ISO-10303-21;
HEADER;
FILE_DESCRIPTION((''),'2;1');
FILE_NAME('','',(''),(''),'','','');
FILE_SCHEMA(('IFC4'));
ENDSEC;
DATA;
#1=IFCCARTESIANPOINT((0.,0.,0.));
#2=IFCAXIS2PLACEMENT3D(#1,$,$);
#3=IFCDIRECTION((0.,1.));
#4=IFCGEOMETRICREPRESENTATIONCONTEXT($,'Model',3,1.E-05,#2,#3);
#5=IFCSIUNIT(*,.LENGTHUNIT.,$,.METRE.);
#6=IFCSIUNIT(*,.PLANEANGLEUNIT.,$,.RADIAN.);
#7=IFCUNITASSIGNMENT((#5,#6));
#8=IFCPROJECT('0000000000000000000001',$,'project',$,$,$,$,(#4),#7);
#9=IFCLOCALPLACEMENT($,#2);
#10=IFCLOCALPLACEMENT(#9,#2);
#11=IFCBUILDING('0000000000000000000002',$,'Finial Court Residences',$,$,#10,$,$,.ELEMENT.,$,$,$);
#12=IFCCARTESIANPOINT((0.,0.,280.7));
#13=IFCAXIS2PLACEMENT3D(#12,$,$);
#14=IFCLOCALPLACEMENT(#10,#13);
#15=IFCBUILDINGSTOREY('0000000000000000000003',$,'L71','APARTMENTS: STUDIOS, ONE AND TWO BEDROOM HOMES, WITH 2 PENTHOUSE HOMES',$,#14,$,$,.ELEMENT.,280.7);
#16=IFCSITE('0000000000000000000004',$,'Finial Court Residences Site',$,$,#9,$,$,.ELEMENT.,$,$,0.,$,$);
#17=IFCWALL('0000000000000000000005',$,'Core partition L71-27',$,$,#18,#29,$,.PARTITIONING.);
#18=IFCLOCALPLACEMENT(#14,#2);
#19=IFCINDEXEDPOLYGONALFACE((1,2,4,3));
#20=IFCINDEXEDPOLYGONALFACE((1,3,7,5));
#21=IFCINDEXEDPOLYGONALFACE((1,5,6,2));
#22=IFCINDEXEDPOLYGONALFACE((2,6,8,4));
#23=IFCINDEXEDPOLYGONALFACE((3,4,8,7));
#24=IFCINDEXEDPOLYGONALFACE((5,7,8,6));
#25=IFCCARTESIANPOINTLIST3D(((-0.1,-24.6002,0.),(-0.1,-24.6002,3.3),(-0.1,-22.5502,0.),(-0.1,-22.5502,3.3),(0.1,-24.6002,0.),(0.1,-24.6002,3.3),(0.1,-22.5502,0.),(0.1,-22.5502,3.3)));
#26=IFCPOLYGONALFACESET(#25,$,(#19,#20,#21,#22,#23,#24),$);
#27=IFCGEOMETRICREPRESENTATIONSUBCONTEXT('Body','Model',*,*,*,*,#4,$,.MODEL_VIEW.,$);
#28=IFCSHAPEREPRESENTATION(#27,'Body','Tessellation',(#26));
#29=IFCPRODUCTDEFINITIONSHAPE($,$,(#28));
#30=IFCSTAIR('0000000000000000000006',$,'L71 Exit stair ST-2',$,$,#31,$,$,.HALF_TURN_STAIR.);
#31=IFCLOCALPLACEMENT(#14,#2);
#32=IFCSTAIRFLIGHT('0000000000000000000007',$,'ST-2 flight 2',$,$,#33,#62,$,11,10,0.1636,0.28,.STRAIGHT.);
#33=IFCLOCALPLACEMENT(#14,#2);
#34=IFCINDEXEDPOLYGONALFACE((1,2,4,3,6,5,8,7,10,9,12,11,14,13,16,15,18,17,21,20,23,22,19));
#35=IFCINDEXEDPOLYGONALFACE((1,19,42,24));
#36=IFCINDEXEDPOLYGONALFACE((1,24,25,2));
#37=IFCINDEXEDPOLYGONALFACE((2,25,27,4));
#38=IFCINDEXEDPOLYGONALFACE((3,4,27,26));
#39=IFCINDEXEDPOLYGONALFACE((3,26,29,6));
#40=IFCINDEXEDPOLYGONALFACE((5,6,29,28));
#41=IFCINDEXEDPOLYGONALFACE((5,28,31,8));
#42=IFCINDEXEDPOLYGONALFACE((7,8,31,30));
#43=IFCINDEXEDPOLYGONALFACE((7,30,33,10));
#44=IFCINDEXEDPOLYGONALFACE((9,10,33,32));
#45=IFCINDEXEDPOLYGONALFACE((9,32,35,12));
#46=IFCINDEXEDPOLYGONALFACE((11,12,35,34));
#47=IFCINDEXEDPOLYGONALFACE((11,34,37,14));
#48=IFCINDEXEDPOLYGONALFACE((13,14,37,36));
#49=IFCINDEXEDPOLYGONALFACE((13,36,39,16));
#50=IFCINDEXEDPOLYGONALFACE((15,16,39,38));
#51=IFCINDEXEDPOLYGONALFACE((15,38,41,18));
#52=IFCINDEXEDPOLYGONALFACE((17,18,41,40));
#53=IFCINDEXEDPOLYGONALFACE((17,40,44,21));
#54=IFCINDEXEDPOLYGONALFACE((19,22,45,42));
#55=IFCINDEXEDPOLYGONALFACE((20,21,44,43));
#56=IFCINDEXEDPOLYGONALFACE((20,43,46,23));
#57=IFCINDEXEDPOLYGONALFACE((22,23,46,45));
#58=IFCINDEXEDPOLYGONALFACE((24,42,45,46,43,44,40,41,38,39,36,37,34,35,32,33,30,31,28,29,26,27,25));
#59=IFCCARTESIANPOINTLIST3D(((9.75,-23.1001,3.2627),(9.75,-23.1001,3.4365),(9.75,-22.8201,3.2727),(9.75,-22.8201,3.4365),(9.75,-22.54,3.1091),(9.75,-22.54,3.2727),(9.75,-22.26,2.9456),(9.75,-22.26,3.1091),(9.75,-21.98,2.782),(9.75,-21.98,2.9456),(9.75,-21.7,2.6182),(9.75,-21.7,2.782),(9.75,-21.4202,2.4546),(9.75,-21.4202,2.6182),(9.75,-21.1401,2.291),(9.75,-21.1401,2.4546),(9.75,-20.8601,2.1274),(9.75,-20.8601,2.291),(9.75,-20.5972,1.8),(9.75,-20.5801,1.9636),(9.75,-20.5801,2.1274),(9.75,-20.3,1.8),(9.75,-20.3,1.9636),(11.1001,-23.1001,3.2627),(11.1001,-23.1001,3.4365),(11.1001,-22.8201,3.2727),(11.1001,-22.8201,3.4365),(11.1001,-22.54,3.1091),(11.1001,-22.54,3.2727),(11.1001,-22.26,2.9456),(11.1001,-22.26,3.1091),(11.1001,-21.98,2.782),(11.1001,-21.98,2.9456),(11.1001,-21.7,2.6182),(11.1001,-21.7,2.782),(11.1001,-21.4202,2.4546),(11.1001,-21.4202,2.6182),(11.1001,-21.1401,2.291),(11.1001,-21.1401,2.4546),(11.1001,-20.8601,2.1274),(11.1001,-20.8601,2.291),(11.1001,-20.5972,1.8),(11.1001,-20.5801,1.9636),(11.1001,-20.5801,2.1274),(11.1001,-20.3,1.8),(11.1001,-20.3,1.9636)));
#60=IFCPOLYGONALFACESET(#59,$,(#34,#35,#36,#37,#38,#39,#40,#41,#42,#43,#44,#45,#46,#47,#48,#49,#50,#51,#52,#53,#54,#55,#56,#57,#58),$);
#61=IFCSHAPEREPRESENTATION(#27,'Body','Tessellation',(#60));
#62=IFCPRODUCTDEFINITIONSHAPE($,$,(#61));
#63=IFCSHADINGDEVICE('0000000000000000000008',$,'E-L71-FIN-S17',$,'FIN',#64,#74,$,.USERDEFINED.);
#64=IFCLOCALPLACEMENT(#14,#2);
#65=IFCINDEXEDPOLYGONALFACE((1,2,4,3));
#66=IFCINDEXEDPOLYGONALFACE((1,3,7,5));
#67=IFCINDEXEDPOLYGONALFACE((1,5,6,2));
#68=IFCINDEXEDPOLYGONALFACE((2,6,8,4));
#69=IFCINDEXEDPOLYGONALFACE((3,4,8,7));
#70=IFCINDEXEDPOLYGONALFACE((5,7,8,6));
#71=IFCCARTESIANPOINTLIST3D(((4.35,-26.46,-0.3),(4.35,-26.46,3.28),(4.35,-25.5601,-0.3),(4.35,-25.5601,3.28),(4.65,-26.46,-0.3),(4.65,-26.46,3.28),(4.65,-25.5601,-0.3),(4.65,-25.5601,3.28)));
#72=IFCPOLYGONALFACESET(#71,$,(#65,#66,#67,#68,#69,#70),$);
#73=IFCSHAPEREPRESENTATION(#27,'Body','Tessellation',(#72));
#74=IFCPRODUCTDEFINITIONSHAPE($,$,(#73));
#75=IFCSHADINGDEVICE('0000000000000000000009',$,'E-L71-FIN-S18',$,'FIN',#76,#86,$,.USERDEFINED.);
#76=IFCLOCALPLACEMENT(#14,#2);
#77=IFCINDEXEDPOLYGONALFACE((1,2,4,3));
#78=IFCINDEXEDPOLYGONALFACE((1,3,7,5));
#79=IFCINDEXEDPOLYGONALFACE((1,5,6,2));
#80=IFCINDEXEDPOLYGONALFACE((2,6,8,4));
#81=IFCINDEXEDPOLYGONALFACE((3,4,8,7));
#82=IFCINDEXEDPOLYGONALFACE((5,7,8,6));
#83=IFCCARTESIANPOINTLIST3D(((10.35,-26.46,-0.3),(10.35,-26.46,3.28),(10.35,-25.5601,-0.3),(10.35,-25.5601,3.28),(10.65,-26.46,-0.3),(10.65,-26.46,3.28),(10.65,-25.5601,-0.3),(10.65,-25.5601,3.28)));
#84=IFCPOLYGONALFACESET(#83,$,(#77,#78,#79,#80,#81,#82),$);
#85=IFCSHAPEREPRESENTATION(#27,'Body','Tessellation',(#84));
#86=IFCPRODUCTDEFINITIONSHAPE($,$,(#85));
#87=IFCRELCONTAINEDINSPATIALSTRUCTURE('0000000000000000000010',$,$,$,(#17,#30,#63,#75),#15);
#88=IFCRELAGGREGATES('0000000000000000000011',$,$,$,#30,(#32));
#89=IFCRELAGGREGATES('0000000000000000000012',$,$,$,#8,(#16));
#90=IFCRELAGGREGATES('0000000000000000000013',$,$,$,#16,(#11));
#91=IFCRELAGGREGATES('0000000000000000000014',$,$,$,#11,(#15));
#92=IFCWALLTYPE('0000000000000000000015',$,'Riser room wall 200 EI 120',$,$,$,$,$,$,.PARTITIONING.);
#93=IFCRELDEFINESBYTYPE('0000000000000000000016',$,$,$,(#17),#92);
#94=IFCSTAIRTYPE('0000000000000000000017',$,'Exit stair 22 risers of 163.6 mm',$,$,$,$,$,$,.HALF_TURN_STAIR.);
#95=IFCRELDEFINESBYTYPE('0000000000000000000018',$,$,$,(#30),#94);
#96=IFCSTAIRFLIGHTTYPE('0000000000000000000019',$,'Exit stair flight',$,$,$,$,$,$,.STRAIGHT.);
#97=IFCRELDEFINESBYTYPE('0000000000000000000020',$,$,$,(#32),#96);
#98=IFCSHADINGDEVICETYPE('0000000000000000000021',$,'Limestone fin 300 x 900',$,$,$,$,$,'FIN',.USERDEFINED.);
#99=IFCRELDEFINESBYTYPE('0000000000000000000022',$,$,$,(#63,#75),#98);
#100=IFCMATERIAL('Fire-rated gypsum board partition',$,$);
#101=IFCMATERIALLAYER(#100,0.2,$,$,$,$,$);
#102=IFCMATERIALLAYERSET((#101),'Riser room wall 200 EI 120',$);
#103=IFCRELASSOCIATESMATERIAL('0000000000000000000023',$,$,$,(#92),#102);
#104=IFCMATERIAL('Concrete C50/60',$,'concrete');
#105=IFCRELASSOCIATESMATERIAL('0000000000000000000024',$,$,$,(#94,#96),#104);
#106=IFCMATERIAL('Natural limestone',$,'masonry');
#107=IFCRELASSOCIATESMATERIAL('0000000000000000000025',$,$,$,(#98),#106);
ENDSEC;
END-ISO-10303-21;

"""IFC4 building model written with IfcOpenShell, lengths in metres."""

from ifc_helpers import new_model, si_unit, direction, frame, frame_2d, origin, origin_2d, place, context, subcontext, project, spatial, polyline, rectangle, outline, extrude, material, layer, layer_set, type_object, element, aggregate, save


model = new_model("IFC4")

# Units and contexts
model_context = context("Model", 3, precision=1e-05, world=origin(), true_north=direction((0.0, 1.0)))
body_context = subcontext(model_context, "Body", "Model", "MODEL_VIEW")
ifc_project = project(units=[si_unit("LENGTHUNIT", "METRE"), si_unit("PLANEANGLEUNIT", "RADIAN")], contexts=[model_context])

# Site, building, storey
site_placement = place(None, origin())
site = spatial("IfcSite", under=ifc_project, at=site_placement, Name="Finial Court Residences Site", CompositionType="ELEMENT", RefElevation=0.0)
building_placement = place(site_placement, origin())
building = spatial("IfcBuilding", under=site, at=building_placement, Name="Finial Court Residences", CompositionType="ELEMENT")
storey_placement = place(building_placement, frame((0.0, 0.0, 280.7)))
storey = spatial("IfcBuildingStorey", under=building, at=storey_placement, Name="L71", Description="APARTMENTS: STUDIOS, ONE AND TWO BEDROOM HOMES, WITH 2 PENTHOUSE HOMES", CompositionType="ELEMENT", Elevation=280.7)

# Shared definitions
ifc_material_1 = material(Name="Fire-rated gypsum board partition")

# Shared definitions
ifc_material_2 = material(Name="Concrete C50/60", Category="concrete")

# Wall
ifc_layer_1 = layer(ifc_material_1, 0.2)
ifc_layer_set_1 = layer_set([ifc_layer_1], Name="Riser room wall 200 EI 120")
wall_type_1 = type_object("IfcWallType", Name="Riser room wall 200 EI 120", PredefinedType="PARTITIONING", material=ifc_layer_set_1)
wall_1_placement = place(storey_placement, frame((0.0, -24.6001, 0.0), z_axis=(0.0, 0.0, 1.0), x_axis=(0.0, 1.0, 0.0)))
element("IfcWall", 1, at=wall_1_placement, inside=storey, type_object=wall_type_1, Name="Core partition L71-27", PredefinedType="PARTITIONING", context=body_context, shape_type="SweptSolid", body=[
    extrude(rectangle(XDim=2.05, YDim=0.2, at=frame_2d((1.0249, 0.0))), origin(), (0.0, 0.0, 1.0), 3.3),
])

# Stair, stair flight
stair_type = type_object("IfcStairType", Name="Exit stair 22 risers of 163.6 mm", PredefinedType="HALF_TURN_STAIR", material=ifc_material_2)
stair_placement = place(storey_placement, origin())
stair = element("IfcStair", 2, at=stair_placement, inside=storey, type_object=stair_type, Name="L71 Exit stair ST-2", PredefinedType="HALF_TURN_STAIR")
stair_flight_type = type_object("IfcStairFlightType", Name="Exit stair flight", PredefinedType="STRAIGHT", material=ifc_material_2)
stair_flight_placement = place(storey_placement, frame((10.425, -20.3, 1.8), z_axis=(0.0, 0.0, 1.0), x_axis=(0.0, -1.0, 0.0)))
stair_flight = element("IfcStairFlight", 3, at=stair_flight_placement, type_object=stair_flight_type, Name="ST-2 flight 2", NumberOfRisers=11, NumberOfTreads=10, PredefinedType="STRAIGHT", RiserHeight=0.1636, TreadLength=0.28, context=body_context, shape_type="SweptSolid", body=[
    extrude(outline(polyline([(0.0, 0.0), (0.0, 0.1636), (0.28, 0.1636), (0.28, 0.3274), (0.5601, 0.3274), (0.5601, 0.491), (0.8401, 0.491), (0.8401, 0.6545), (1.1201, 0.6545), (1.1201, 0.8181), (1.3999, 0.8181), (1.3999, 0.9819), (1.6799, 0.9819), (1.6799, 1.1455), (1.96, 1.1455), (1.96, 1.3091), (2.24, 1.3091), (2.24, 1.4727), (2.52, 1.4727), (2.52, 1.6365), (2.8, 1.6365), (2.8, 1.8), (2.8, 1.4626), (0.2971, 0.0), (0.0, 0.0)])), frame((0.0, 0.675, 0.0), z_axis=(0.0, -1.0, 0.0), x_axis=(1.0, 0.0, 0.0)), (0.0, 0.0, 1.0), 1.3501),
])
aggregate(stair, [stair_flight])

# Shading devices
ifc_material_3 = material(Name="Natural limestone", Category="masonry")
shading_device_type = type_object("IfcShadingDeviceType", Name="Limestone fin 300 x 900", ElementType="FIN", PredefinedType="USERDEFINED", material=ifc_material_3)
for number, where, z_axis, x_axis, name in (
    (4, (4.5, -26.01, -0.3), (0.0, 0.0, 1.0), (1.0, 0.0, 0.0), "E-L71-FIN-S17"),
    (5, (10.5, -26.01, -0.3), (0.0, 0.0, 1.0), (1.0, 0.0, 0.0), "E-L71-FIN-S18"),
):
    element("IfcShadingDevice", number, at=place(storey_placement, frame(where, z_axis=z_axis, x_axis=x_axis)), inside=storey, type_object=shading_device_type, Name=name, ObjectType="FIN", PredefinedType="USERDEFINED", context=body_context, shape_type="SweptSolid", body=[
        extrude(rectangle(XDim=0.3, YDim=0.8999, at=origin_2d()), origin(), (0.0, 0.0, 1.0), 3.5801),
    ])

save(model, "model.ifc")
